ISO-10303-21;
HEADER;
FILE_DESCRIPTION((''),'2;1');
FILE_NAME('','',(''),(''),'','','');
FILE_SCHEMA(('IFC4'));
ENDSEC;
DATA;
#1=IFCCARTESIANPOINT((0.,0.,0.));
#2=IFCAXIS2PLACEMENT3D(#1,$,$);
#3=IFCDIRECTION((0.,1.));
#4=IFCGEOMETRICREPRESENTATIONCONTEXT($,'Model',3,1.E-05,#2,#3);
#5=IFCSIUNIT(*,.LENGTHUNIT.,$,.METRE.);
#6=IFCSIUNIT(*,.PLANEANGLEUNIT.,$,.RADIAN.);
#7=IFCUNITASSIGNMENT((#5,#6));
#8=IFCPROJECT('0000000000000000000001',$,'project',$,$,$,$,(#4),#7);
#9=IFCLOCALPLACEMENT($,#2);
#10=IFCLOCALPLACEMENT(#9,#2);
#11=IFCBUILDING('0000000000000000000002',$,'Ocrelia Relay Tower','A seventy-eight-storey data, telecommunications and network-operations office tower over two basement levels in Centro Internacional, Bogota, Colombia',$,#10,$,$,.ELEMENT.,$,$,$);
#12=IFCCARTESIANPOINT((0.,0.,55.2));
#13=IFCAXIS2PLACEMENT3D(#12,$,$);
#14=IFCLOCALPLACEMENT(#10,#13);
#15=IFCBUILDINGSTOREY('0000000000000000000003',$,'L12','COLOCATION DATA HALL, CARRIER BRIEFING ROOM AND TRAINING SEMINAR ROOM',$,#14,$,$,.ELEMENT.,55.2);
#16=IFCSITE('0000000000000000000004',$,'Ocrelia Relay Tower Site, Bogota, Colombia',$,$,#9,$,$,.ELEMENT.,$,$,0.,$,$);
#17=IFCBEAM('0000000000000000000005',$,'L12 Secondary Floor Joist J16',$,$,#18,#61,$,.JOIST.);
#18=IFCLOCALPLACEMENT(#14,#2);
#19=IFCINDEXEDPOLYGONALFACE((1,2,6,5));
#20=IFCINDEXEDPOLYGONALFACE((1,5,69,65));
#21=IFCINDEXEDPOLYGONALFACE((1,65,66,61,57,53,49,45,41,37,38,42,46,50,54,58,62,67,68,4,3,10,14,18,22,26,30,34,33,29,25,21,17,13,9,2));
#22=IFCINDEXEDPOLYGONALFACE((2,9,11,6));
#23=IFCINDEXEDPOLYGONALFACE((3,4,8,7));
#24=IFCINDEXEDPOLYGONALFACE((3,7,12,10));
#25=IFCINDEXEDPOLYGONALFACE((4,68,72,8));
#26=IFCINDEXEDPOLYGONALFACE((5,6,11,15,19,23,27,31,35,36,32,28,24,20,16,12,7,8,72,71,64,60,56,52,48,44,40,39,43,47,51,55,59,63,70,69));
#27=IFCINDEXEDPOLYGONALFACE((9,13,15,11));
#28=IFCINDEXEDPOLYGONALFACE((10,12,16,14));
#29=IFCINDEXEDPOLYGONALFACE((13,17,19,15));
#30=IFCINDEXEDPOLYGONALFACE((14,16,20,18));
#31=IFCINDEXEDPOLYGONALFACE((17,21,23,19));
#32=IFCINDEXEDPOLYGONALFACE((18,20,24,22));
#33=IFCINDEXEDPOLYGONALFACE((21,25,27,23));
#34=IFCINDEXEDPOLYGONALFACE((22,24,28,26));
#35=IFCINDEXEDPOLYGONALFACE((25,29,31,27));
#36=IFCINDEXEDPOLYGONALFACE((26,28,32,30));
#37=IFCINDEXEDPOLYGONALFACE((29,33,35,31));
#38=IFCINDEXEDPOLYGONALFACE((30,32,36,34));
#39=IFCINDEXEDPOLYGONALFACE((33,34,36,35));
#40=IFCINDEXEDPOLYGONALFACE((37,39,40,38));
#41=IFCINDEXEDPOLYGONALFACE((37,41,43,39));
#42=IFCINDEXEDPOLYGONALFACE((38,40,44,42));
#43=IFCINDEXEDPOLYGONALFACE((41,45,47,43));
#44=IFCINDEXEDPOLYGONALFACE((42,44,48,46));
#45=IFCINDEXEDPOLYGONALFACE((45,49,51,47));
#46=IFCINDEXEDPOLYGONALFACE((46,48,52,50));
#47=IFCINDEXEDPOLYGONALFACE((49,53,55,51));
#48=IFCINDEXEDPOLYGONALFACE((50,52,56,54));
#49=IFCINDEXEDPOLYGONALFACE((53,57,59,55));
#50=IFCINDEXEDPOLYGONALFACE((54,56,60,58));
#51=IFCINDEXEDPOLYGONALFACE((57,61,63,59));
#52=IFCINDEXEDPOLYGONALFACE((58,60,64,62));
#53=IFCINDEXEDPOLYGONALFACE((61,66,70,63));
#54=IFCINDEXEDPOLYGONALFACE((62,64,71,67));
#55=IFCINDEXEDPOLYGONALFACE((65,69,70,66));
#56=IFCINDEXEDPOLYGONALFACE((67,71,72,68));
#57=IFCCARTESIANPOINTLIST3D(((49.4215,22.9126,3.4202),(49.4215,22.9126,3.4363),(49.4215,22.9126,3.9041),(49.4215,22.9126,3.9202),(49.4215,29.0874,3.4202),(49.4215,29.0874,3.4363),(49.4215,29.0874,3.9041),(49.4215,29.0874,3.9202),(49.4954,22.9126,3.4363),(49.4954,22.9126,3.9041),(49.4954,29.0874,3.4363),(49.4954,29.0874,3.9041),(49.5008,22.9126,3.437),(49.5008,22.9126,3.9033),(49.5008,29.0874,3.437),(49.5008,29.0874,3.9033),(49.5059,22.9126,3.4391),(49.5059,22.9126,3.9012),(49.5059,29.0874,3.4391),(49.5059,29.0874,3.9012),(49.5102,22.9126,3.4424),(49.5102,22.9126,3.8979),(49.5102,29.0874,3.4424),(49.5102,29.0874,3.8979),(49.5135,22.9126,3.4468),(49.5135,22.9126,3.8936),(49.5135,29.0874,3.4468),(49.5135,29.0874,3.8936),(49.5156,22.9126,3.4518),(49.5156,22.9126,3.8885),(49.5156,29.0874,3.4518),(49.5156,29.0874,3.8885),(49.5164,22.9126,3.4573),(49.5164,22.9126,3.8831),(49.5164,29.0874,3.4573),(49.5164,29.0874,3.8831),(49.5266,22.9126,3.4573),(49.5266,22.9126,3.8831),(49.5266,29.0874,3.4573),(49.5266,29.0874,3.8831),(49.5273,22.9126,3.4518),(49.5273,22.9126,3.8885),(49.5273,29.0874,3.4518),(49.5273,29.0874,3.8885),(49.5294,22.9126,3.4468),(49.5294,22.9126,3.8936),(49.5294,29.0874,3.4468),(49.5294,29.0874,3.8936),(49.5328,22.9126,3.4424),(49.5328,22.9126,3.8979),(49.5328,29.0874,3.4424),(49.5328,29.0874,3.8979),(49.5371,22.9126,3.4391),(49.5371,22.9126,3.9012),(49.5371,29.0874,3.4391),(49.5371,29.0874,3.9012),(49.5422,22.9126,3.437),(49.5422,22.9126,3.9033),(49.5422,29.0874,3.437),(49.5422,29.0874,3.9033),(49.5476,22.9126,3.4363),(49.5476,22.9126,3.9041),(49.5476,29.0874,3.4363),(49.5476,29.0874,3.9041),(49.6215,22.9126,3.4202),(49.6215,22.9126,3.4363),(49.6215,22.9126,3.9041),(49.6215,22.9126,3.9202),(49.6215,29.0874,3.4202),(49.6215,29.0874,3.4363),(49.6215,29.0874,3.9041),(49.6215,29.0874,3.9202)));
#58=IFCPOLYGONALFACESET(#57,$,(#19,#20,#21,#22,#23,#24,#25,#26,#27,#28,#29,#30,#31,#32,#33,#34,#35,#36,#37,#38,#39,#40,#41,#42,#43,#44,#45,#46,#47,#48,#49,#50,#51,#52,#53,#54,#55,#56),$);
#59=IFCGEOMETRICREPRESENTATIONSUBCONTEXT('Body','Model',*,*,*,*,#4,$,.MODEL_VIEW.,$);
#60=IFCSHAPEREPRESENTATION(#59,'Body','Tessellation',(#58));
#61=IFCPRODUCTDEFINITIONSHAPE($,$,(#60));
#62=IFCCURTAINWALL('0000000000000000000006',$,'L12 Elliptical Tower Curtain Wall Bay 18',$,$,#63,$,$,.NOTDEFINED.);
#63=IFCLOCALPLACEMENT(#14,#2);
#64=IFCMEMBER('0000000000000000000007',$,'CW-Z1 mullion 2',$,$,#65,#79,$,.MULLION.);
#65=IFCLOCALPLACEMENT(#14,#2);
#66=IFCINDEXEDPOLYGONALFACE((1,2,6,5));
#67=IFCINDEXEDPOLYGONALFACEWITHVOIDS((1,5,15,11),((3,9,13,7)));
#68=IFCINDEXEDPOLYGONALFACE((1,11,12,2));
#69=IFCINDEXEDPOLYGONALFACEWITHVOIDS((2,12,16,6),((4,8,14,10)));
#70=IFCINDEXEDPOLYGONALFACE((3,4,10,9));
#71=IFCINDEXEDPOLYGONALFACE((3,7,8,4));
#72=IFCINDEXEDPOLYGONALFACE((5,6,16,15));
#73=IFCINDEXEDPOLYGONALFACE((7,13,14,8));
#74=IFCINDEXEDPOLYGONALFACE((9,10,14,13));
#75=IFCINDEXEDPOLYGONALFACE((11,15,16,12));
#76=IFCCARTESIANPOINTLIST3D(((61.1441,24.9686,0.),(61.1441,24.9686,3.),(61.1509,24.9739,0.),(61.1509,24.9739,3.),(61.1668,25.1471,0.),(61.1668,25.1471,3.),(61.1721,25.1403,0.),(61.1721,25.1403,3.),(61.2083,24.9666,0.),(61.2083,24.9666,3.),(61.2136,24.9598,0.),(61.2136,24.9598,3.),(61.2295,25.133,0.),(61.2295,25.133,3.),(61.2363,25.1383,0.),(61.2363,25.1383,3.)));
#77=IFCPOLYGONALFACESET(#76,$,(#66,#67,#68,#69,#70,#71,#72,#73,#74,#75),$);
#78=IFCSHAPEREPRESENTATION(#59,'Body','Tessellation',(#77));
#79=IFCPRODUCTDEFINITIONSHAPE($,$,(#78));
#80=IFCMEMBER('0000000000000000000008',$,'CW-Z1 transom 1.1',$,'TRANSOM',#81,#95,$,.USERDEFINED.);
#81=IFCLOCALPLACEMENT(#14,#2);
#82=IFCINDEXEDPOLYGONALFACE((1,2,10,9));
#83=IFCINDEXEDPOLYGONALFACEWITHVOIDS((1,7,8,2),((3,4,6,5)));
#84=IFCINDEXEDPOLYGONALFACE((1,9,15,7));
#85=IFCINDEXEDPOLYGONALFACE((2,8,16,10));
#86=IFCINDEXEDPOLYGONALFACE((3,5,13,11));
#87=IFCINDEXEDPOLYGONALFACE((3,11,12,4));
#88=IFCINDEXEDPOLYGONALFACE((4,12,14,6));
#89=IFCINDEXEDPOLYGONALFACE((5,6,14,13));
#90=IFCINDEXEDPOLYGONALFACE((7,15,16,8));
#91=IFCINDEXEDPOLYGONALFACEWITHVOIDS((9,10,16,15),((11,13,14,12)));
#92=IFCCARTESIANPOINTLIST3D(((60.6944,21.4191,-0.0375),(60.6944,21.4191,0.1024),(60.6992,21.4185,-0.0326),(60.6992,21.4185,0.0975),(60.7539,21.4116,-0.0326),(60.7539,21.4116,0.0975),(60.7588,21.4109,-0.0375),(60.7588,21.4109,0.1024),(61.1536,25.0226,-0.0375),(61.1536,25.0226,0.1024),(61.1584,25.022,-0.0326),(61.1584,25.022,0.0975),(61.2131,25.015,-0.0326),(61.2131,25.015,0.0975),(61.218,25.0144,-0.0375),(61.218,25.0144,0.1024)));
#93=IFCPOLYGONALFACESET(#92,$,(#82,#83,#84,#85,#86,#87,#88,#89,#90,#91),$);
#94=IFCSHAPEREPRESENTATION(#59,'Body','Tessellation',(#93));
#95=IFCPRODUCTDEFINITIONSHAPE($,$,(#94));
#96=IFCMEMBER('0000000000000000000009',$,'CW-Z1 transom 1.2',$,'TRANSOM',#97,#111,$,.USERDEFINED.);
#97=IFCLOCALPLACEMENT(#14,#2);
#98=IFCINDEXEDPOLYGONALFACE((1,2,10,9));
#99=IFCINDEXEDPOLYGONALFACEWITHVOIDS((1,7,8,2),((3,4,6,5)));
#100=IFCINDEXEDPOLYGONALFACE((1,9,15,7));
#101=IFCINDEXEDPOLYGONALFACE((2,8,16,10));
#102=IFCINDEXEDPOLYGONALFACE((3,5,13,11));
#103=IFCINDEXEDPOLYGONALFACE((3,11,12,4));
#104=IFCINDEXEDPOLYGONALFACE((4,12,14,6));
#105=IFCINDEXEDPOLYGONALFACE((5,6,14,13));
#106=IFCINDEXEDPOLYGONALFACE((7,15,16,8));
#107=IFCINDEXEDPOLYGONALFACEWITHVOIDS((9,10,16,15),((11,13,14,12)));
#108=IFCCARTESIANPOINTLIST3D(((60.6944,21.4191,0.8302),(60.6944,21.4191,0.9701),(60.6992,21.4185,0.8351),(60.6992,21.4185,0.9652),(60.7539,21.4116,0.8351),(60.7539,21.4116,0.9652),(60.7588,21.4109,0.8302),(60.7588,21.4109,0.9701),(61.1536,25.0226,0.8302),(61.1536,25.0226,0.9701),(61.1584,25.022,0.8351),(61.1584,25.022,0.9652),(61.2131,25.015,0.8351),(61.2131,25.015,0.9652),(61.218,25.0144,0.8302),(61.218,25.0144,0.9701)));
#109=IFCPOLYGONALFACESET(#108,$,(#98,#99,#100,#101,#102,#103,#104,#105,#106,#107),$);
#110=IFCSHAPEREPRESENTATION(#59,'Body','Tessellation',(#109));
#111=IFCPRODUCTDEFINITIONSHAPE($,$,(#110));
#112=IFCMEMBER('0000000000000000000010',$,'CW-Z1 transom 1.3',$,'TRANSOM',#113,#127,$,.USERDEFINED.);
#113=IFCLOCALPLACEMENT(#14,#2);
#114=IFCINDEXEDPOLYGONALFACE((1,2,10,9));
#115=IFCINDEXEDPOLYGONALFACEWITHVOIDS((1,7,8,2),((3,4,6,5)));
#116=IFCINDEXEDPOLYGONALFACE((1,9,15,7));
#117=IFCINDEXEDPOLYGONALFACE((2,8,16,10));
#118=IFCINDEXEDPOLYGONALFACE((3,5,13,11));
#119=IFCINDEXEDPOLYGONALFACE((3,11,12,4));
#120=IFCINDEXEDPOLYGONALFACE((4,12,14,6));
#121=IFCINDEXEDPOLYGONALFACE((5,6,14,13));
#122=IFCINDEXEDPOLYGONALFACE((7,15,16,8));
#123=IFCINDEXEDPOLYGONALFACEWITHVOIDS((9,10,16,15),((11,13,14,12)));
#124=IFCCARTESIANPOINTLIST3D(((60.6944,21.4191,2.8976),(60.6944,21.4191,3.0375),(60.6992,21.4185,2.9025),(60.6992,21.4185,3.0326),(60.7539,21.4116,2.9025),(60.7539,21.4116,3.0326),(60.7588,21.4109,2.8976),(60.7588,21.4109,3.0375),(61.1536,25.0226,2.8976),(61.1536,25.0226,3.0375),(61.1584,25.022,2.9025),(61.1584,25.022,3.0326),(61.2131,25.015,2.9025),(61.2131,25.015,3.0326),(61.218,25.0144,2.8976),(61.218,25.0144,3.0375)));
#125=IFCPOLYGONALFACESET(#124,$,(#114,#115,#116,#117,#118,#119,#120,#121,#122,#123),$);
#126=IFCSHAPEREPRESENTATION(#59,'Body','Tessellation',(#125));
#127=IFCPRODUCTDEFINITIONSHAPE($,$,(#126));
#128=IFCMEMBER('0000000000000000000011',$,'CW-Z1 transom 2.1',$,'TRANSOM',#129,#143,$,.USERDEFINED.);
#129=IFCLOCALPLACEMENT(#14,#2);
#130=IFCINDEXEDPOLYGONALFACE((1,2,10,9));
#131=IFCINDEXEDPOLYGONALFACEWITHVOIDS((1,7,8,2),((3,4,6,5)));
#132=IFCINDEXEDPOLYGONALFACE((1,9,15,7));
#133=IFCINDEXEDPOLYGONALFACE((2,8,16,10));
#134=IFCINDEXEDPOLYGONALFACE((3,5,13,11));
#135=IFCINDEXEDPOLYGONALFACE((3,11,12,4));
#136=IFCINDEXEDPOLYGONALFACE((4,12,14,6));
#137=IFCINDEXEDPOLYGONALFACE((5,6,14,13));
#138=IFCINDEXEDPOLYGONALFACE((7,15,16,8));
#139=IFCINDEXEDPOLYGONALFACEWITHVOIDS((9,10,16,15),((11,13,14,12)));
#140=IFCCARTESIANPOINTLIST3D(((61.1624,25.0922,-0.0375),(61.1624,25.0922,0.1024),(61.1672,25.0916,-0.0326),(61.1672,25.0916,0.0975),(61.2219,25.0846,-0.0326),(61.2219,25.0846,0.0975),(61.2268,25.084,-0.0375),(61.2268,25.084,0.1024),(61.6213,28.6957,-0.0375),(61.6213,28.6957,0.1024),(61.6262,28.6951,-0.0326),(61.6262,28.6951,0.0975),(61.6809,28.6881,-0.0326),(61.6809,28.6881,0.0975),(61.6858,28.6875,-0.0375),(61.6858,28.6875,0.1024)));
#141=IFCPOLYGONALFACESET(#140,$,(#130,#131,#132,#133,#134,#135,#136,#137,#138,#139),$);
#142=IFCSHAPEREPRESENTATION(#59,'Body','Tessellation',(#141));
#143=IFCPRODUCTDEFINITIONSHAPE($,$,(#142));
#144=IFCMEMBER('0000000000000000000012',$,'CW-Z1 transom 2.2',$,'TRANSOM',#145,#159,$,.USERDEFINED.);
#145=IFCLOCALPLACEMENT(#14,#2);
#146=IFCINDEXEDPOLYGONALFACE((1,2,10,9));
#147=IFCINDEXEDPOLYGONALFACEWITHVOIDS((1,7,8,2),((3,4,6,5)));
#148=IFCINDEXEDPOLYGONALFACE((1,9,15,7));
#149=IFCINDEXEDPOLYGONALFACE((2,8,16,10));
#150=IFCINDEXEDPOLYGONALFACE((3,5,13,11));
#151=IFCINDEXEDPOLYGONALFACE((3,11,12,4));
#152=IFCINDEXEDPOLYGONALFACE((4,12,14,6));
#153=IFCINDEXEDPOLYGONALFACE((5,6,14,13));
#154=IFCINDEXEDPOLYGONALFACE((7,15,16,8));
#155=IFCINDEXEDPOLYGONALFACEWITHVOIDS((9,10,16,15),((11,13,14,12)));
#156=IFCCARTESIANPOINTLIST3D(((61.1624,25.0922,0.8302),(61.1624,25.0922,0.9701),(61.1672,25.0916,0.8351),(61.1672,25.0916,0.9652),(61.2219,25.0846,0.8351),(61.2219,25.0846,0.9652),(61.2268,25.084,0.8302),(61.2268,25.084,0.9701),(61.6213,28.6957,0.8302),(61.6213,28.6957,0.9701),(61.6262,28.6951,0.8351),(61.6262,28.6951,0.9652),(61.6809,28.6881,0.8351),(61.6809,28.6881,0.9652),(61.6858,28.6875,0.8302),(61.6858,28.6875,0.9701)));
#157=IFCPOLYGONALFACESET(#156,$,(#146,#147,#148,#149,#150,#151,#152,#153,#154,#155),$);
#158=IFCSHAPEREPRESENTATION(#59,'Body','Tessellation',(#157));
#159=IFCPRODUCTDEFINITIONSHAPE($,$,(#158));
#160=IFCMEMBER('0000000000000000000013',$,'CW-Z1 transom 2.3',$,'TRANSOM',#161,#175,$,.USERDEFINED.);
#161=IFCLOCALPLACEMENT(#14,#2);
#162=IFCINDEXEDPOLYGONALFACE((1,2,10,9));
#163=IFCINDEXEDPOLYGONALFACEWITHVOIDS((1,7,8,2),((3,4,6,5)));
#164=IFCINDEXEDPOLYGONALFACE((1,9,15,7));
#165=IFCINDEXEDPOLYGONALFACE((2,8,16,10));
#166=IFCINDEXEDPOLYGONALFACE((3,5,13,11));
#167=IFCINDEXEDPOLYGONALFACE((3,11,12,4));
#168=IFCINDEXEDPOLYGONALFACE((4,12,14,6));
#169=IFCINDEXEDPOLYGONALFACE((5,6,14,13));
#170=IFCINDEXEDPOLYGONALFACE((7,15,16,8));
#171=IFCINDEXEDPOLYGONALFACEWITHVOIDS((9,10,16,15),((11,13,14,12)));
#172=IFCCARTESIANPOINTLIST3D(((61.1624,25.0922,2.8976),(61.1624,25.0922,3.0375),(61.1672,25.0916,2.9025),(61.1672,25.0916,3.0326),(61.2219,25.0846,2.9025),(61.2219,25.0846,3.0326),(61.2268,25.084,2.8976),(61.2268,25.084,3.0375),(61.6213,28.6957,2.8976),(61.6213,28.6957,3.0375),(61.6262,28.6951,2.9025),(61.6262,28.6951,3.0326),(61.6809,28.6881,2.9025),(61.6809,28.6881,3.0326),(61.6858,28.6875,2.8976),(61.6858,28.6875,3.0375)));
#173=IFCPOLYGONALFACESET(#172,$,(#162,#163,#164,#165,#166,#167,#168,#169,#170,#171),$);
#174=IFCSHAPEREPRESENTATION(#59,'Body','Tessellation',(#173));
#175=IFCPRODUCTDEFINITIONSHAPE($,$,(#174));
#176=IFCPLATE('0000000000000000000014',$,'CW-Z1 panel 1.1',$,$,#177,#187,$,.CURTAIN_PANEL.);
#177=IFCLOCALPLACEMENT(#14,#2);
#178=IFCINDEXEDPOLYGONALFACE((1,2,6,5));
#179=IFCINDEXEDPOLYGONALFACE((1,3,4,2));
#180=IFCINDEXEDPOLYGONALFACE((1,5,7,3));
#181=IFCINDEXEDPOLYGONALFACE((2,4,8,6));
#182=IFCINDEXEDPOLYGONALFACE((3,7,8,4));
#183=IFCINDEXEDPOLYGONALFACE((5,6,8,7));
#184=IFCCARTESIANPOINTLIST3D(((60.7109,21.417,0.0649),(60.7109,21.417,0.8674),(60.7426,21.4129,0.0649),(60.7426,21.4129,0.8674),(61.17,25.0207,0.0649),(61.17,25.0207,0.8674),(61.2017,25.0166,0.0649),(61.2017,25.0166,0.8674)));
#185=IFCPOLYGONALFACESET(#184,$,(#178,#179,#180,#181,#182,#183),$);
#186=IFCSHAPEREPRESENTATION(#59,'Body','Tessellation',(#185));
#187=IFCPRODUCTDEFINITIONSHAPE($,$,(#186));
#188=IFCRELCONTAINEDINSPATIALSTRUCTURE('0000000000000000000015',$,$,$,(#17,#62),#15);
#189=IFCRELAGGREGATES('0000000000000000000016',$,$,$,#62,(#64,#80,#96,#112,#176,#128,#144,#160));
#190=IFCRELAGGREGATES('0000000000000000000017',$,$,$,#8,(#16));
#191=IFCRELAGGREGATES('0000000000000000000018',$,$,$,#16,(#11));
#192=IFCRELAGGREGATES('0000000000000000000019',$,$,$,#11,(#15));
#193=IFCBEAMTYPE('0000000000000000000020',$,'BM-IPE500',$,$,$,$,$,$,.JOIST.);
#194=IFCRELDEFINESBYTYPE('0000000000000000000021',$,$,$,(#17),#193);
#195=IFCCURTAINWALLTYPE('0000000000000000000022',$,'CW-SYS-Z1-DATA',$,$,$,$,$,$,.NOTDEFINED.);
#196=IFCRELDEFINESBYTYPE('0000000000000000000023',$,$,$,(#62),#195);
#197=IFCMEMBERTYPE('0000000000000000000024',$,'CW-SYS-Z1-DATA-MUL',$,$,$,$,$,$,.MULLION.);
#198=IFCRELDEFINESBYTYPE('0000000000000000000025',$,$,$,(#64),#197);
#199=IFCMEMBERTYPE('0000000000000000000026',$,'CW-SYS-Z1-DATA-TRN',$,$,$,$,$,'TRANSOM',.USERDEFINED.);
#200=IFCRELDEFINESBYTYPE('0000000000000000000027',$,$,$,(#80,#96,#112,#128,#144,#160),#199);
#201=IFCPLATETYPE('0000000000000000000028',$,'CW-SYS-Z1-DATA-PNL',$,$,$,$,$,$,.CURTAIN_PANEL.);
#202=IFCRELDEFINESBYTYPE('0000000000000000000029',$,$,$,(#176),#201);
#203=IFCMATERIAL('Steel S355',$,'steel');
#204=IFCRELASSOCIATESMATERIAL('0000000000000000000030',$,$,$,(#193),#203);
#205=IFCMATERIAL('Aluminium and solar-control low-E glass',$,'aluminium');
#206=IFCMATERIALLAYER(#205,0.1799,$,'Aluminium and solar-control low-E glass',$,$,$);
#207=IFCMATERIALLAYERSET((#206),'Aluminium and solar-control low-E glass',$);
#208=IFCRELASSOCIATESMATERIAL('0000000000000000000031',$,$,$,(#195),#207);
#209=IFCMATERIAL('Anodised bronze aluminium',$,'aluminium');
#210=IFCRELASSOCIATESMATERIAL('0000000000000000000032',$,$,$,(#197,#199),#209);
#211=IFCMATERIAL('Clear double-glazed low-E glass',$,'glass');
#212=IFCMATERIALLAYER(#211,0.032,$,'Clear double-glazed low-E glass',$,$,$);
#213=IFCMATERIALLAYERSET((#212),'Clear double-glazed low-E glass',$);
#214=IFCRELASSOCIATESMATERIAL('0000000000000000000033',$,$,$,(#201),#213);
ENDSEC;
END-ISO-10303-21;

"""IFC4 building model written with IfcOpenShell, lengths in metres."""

from ifc_helpers import new_model, si_unit, direction, frame, origin, origin_2d, place, context, subcontext, project, spatial, rectangle, hollow_rectangle, i_section, extrude, material, layer, layer_set, material_profile, profile_set, type_object, element, aggregate, save


model = new_model("IFC4")

# Units and contexts
model_context = context("Model", 3, precision=1e-05, world=origin(), true_north=direction((0.0, 1.0)))
body_context = subcontext(model_context, "Body", "Model", "MODEL_VIEW")
ifc_project = project(units=[si_unit("LENGTHUNIT", "METRE"), si_unit("PLANEANGLEUNIT", "RADIAN")], contexts=[model_context])

# Site, building, storey
site_placement = place(None, origin())
site = spatial("IfcSite", under=ifc_project, at=site_placement, Name="Ocrelia Relay Tower Site, Bogota, Colombia", CompositionType="ELEMENT", RefElevation=0.0)
building_placement = place(site_placement, origin())
building = spatial("IfcBuilding", under=site, at=building_placement, Name="Ocrelia Relay Tower", Description="A seventy-eight-storey data, telecommunications and network-operations office tower over two basement levels in Centro Internacional, Bogota, Colombia", CompositionType="ELEMENT")
storey_placement = place(building_placement, frame((0.0, 0.0, 55.2)))
storey = spatial("IfcBuildingStorey", under=building, at=storey_placement, Name="L12", Description="COLOCATION DATA HALL, CARRIER BRIEFING ROOM AND TRAINING SEMINAR ROOM", CompositionType="ELEMENT", Elevation=55.2)

# Beam
ifc_material_1 = material(Name="Steel S355", Category="steel")
ifc_material_profile_1 = material_profile(ifc_material_1, i_section(OverallWidth=0.2, OverallDepth=0.5, WebThickness=0.0103, FlangeThickness=0.0161, FilletRadius=0.021, at=origin_2d()), Name="IPE 500")
ifc_profile_set_1 = profile_set([ifc_material_profile_1], Name="Steel S355")
beam_type_1 = type_object("IfcBeamType", Name="BM-IPE500", PredefinedType="JOIST", material=ifc_profile_set_1)
beam_1_placement = place(storey_placement, frame((49.5215, 22.9126, 3.6702), z_axis=(0.0, 1.0, 0.0), x_axis=(-1.0, 0.0, 0.0)))
element("IfcBeam", 1, at=beam_1_placement, inside=storey, type_object=beam_type_1, Name="L12 Secondary Floor Joist J16", PredefinedType="JOIST", context=body_context, shape_type="SweptSolid", body=[
    extrude(i_section(OverallWidth=0.2, OverallDepth=0.5, WebThickness=0.0103, FlangeThickness=0.0161, FilletRadius=0.021, at=origin_2d()), origin(), (0.0, 0.0, 1.0), 6.1748),
])

# Curtain wall, members, plate
ifc_material_2 = material(Name="Aluminium and solar-control low-E glass", Category="aluminium")
ifc_layer_1 = layer(ifc_material_2, 0.1799, Name="Aluminium and solar-control low-E glass")
ifc_layer_set_1 = layer_set([ifc_layer_1], Name="Aluminium and solar-control low-E glass")
curtain_wall_type = type_object("IfcCurtainWallType", Name="CW-SYS-Z1-DATA", PredefinedType="NOTDEFINED", material=ifc_layer_set_1)
curtain_wall_placement = place(storey_placement, origin())
curtain_wall = element("IfcCurtainWall", 2, at=curtain_wall_placement, inside=storey, type_object=curtain_wall_type, Name="L12 Elliptical Tower Curtain Wall Bay 18", PredefinedType="NOTDEFINED")
ifc_material_3 = material(Name="Anodised bronze aluminium", Category="aluminium")
ifc_material_profile_2 = material_profile(ifc_material_3, hollow_rectangle(XDim=0.0701, YDim=0.1799, WallThickness=0.0061, at=origin_2d()), Name="CW-MUL-180x70")
ifc_profile_set_2 = profile_set([ifc_material_profile_2], Name="Anodised bronze aluminium")
member_type_1 = type_object("IfcMemberType", Name="CW-SYS-Z1-DATA-MUL", PredefinedType="MULLION", material=ifc_profile_set_2)
member_1_placement = place(storey_placement, frame((61.1902, 25.0535, 0.0), z_axis=(0.0, 0.0, 1.0), x_axis=(-0.991983, 0.126374, 0.0)))
member_1 = element("IfcMember", 3, at=member_1_placement, type_object=member_type_1, Name="CW-Z1 mullion 2", PredefinedType="MULLION", context=body_context, shape_type="SweptSolid", body=[
    extrude(hollow_rectangle(XDim=0.0701, YDim=0.1799, WallThickness=0.0061, at=origin_2d()), origin(), (0.0, 0.0, 1.0), 3.0),
])
ifc_material_profile_3 = material_profile(ifc_material_3, hollow_rectangle(XDim=0.0649, YDim=0.1399, WallThickness=0.0049, at=origin_2d()), Name="CW-TRN-140x65")
ifc_profile_set_3 = profile_set([ifc_material_profile_3], Name="Anodised bronze aluminium")
member_type_2 = type_object("IfcMemberType", Name="CW-SYS-Z1-DATA-TRN", ElementType="TRANSOM", PredefinedType="USERDEFINED", material=ifc_profile_set_3)
member_2_placement = place(storey_placement, frame((60.7266, 21.415, 0.0325), z_axis=(0.126417, 0.991977, 0.0), x_axis=(-0.991977, 0.126417, 0.0)))
member_2 = element("IfcMember", 4, at=member_2_placement, type_object=member_type_2, Name="CW-Z1 transom 1.1", ObjectType="TRANSOM", PredefinedType="USERDEFINED", context=body_context, shape_type="SweptSolid", body=[
    extrude(hollow_rectangle(XDim=0.0649, YDim=0.1399, WallThickness=0.0049, at=origin_2d()), origin(), (0.0, 0.0, 1.0), 3.6326),
])
member_3_placement = place(storey_placement, frame((60.7266, 21.415, 0.9001), z_axis=(0.126417, 0.991977, 0.0), x_axis=(-0.991977, 0.126417, 0.0)))
member_3 = element("IfcMember", 5, at=member_3_placement, type_object=member_type_2, Name="CW-Z1 transom 1.2", ObjectType="TRANSOM", PredefinedType="USERDEFINED", context=body_context, shape_type="SweptSolid", body=[
    extrude(hollow_rectangle(XDim=0.0649, YDim=0.1399, WallThickness=0.0049, at=origin_2d()), origin(), (0.0, 0.0, 1.0), 3.6326),
])
member_4_placement = place(storey_placement, frame((60.7266, 21.415, 2.9675), z_axis=(0.126417, 0.991977, 0.0), x_axis=(-0.991977, 0.126417, 0.0)))
member_4 = element("IfcMember", 6, at=member_4_placement, type_object=member_type_2, Name="CW-Z1 transom 1.3", ObjectType="TRANSOM", PredefinedType="USERDEFINED", context=body_context, shape_type="SweptSolid", body=[
    extrude(hollow_rectangle(XDim=0.0649, YDim=0.1399, WallThickness=0.0049, at=origin_2d()), origin(), (0.0, 0.0, 1.0), 3.6326),
])
member_5_placement = place(storey_placement, frame((61.1946, 25.0881, 0.0325), z_axis=(0.12635, 0.991986, 0.0), x_axis=(-0.991986, 0.12635, 0.0)))
member_5 = element("IfcMember", 7, at=member_5_placement, type_object=member_type_2, Name="CW-Z1 transom 2.1", ObjectType="TRANSOM", PredefinedType="USERDEFINED", context=body_context, shape_type="SweptSolid", body=[
    extrude(hollow_rectangle(XDim=0.0649, YDim=0.1399, WallThickness=0.0049, at=origin_2d()), origin(), (0.0, 0.0, 1.0), 3.6326),
])
member_6_placement = place(storey_placement, frame((61.1946, 25.0881, 0.9001), z_axis=(0.12635, 0.991986, 0.0), x_axis=(-0.991986, 0.12635, 0.0)))
member_6 = element("IfcMember", 8, at=member_6_placement, type_object=member_type_2, Name="CW-Z1 transom 2.2", ObjectType="TRANSOM", PredefinedType="USERDEFINED", context=body_context, shape_type="SweptSolid", body=[
    extrude(hollow_rectangle(XDim=0.0649, YDim=0.1399, WallThickness=0.0049, at=origin_2d()), origin(), (0.0, 0.0, 1.0), 3.6326),
])
member_7_placement = place(storey_placement, frame((61.1946, 25.0881, 2.9675), z_axis=(0.12635, 0.991986, 0.0), x_axis=(-0.991986, 0.12635, 0.0)))
member_7 = element("IfcMember", 9, at=member_7_placement, type_object=member_type_2, Name="CW-Z1 transom 2.3", ObjectType="TRANSOM", PredefinedType="USERDEFINED", context=body_context, shape_type="SweptSolid", body=[
    extrude(hollow_rectangle(XDim=0.0649, YDim=0.1399, WallThickness=0.0049, at=origin_2d()), origin(), (0.0, 0.0, 1.0), 3.6326),
])
ifc_material_4 = material(Name="Clear double-glazed low-E glass", Category="glass")
ifc_layer_2 = layer(ifc_material_4, 0.032, Name="Clear double-glazed low-E glass")
ifc_layer_set_2 = layer_set([ifc_layer_2], Name="Clear double-glazed low-E glass")
plate_type = type_object("IfcPlateType", Name="CW-SYS-Z1-DATA-PNL", PredefinedType="CURTAIN_PANEL", material=ifc_layer_set_2)
plate_1_placement = place(storey_placement, frame((60.9563, 23.2168, 0.0649), z_axis=(0.0, 0.0, 1.0), x_axis=(0.126374, 0.991983, 0.0)))
plate_1 = element("IfcPlate", 10, at=plate_1_placement, type_object=plate_type, Name="CW-Z1 panel 1.1", PredefinedType="CURTAIN_PANEL", context=body_context, shape_type="SweptSolid", body=[
    extrude(rectangle(XDim=3.6328, YDim=0.032, at=origin_2d()), origin(), (0.0, 0.0, 1.0), 0.8025),
])
aggregate(curtain_wall, [member_1, member_2, member_3, member_4, plate_1, member_5, member_6, member_7])

save(model, "model.ifc")
